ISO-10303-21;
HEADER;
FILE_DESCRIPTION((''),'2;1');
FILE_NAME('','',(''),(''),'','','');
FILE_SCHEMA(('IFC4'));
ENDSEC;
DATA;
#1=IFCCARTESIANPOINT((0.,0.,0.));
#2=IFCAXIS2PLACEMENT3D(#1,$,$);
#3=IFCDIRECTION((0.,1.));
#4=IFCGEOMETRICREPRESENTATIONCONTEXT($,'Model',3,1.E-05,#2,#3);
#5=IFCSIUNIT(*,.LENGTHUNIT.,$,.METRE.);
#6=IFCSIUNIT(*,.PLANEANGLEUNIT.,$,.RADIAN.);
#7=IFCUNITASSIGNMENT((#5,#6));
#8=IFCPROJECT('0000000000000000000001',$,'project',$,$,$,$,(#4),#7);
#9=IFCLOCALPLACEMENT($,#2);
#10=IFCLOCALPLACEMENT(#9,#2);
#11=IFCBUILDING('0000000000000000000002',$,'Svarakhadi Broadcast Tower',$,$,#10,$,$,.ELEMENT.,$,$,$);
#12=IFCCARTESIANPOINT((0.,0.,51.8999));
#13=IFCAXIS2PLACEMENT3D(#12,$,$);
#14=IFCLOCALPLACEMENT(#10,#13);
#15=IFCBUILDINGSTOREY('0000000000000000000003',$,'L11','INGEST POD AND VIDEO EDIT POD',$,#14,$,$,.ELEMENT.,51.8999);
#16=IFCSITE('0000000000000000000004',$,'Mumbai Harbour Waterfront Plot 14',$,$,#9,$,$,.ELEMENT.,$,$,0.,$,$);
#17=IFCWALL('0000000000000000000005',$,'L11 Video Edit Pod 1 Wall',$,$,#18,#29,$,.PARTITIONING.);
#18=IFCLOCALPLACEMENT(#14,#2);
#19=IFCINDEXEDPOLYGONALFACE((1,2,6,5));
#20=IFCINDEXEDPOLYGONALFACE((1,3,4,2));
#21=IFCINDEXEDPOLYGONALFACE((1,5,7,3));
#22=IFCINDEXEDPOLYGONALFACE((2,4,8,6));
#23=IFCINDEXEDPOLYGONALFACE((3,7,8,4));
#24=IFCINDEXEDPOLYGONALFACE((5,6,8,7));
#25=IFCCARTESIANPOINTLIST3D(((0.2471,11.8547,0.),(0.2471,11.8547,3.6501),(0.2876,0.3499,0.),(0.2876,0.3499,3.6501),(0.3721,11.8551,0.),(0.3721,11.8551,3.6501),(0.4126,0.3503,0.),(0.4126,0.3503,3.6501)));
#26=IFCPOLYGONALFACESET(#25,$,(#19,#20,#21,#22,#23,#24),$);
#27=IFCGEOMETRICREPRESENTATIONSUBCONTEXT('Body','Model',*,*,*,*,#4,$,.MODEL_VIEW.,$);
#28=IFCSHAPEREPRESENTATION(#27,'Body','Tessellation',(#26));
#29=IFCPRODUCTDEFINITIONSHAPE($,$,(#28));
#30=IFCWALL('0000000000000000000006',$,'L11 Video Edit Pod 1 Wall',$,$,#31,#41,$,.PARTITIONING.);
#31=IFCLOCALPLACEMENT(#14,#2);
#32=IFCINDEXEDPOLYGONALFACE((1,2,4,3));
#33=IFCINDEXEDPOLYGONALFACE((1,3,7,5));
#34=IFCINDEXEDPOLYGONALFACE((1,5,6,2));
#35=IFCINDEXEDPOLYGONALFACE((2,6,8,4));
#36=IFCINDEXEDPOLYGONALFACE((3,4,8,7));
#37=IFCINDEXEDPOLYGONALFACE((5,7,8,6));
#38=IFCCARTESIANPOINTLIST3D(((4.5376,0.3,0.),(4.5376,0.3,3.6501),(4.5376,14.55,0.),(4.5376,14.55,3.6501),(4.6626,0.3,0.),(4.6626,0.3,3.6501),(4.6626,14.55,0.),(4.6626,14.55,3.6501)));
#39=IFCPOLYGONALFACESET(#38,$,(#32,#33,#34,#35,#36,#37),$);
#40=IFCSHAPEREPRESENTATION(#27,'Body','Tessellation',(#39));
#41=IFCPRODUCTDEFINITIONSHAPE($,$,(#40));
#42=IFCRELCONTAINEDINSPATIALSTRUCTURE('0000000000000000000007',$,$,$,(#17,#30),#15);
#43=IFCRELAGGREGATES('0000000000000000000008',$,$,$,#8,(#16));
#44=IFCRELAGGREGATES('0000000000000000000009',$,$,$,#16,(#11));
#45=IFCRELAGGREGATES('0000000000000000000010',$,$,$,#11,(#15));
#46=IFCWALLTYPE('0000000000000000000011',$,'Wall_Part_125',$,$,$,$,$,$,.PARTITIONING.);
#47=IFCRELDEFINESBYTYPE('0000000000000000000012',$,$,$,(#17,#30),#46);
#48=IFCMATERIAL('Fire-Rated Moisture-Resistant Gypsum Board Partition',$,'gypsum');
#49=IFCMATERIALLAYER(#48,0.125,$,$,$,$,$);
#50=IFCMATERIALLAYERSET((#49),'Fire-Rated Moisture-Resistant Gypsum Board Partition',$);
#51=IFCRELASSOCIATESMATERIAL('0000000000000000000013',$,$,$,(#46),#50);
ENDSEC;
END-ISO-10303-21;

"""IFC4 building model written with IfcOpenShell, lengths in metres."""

from ifc_helpers import new_model, si_unit, direction, frame, frame_2d, origin, place, context, subcontext, project, spatial, rectangle, extrude, material, layer, layer_set, type_object, element, save


model = new_model("IFC4")

# Units and contexts
model_context = context("Model", 3, precision=1e-05, world=origin(), true_north=direction((0.0, 1.0)))
body_context = subcontext(model_context, "Body", "Model", "MODEL_VIEW")
ifc_project = project(units=[si_unit("LENGTHUNIT", "METRE"), si_unit("PLANEANGLEUNIT", "RADIAN")], contexts=[model_context])

# Site, building, storey
site_placement = place(None, origin())
site = spatial("IfcSite", under=ifc_project, at=site_placement, Name="Mumbai Harbour Waterfront Plot 14", CompositionType="ELEMENT", RefElevation=0.0)
building_placement = place(site_placement, origin())
building = spatial("IfcBuilding", under=site, at=building_placement, Name="Svarakhadi Broadcast Tower", CompositionType="ELEMENT")
storey_placement = place(building_placement, frame((0.0, 0.0, 51.8999)))
storey = spatial("IfcBuildingStorey", under=building, at=storey_placement, Name="L11", Description="INGEST POD AND VIDEO EDIT POD", CompositionType="ELEMENT", Elevation=51.8999)

# Walls
ifc_material_1 = material(Name="Fire-Rated Moisture-Resistant Gypsum Board Partition", Category="gypsum")
ifc_layer_1 = layer(ifc_material_1, 0.125)
ifc_layer_set_1 = layer_set([ifc_layer_1], Name="Fire-Rated Moisture-Resistant Gypsum Board Partition")
wall_type = type_object("IfcWallType", Name="Wall_Part_125", PredefinedType="PARTITIONING", material=ifc_layer_set_1)
wall_1_placement = place(storey_placement, frame((0.3501, 0.3501, 0.0), z_axis=(0.0, 0.0, 1.0), x_axis=(-0.003523, 0.999994, 0.0)))
element("IfcWall", 1, at=wall_1_placement, inside=storey, type_object=wall_type, Name="L11 Video Edit Pod 1 Wall", PredefinedType="PARTITIONING", context=body_context, shape_type="SweptSolid", body=[
    extrude(rectangle(XDim=11.5049, YDim=0.125, at=frame_2d((5.7524, 0.0))), origin(), (0.0, 0.0, 1.0), 3.6501),
])
wall_2_placement = place(storey_placement, frame((4.6001, 0.3, 0.0), z_axis=(0.0, 0.0, 1.0), x_axis=(0.0, 1.0, 0.0)))
element("IfcWall", 2, at=wall_2_placement, inside=storey, type_object=wall_type, Name="L11 Video Edit Pod 1 Wall", PredefinedType="PARTITIONING", context=body_context, shape_type="SweptSolid", body=[
    extrude(rectangle(XDim=14.25, YDim=0.125, at=frame_2d((7.125, 0.0))), origin(), (0.0, 0.0, 1.0), 3.6501),
])

save(model, "model.ifc")
